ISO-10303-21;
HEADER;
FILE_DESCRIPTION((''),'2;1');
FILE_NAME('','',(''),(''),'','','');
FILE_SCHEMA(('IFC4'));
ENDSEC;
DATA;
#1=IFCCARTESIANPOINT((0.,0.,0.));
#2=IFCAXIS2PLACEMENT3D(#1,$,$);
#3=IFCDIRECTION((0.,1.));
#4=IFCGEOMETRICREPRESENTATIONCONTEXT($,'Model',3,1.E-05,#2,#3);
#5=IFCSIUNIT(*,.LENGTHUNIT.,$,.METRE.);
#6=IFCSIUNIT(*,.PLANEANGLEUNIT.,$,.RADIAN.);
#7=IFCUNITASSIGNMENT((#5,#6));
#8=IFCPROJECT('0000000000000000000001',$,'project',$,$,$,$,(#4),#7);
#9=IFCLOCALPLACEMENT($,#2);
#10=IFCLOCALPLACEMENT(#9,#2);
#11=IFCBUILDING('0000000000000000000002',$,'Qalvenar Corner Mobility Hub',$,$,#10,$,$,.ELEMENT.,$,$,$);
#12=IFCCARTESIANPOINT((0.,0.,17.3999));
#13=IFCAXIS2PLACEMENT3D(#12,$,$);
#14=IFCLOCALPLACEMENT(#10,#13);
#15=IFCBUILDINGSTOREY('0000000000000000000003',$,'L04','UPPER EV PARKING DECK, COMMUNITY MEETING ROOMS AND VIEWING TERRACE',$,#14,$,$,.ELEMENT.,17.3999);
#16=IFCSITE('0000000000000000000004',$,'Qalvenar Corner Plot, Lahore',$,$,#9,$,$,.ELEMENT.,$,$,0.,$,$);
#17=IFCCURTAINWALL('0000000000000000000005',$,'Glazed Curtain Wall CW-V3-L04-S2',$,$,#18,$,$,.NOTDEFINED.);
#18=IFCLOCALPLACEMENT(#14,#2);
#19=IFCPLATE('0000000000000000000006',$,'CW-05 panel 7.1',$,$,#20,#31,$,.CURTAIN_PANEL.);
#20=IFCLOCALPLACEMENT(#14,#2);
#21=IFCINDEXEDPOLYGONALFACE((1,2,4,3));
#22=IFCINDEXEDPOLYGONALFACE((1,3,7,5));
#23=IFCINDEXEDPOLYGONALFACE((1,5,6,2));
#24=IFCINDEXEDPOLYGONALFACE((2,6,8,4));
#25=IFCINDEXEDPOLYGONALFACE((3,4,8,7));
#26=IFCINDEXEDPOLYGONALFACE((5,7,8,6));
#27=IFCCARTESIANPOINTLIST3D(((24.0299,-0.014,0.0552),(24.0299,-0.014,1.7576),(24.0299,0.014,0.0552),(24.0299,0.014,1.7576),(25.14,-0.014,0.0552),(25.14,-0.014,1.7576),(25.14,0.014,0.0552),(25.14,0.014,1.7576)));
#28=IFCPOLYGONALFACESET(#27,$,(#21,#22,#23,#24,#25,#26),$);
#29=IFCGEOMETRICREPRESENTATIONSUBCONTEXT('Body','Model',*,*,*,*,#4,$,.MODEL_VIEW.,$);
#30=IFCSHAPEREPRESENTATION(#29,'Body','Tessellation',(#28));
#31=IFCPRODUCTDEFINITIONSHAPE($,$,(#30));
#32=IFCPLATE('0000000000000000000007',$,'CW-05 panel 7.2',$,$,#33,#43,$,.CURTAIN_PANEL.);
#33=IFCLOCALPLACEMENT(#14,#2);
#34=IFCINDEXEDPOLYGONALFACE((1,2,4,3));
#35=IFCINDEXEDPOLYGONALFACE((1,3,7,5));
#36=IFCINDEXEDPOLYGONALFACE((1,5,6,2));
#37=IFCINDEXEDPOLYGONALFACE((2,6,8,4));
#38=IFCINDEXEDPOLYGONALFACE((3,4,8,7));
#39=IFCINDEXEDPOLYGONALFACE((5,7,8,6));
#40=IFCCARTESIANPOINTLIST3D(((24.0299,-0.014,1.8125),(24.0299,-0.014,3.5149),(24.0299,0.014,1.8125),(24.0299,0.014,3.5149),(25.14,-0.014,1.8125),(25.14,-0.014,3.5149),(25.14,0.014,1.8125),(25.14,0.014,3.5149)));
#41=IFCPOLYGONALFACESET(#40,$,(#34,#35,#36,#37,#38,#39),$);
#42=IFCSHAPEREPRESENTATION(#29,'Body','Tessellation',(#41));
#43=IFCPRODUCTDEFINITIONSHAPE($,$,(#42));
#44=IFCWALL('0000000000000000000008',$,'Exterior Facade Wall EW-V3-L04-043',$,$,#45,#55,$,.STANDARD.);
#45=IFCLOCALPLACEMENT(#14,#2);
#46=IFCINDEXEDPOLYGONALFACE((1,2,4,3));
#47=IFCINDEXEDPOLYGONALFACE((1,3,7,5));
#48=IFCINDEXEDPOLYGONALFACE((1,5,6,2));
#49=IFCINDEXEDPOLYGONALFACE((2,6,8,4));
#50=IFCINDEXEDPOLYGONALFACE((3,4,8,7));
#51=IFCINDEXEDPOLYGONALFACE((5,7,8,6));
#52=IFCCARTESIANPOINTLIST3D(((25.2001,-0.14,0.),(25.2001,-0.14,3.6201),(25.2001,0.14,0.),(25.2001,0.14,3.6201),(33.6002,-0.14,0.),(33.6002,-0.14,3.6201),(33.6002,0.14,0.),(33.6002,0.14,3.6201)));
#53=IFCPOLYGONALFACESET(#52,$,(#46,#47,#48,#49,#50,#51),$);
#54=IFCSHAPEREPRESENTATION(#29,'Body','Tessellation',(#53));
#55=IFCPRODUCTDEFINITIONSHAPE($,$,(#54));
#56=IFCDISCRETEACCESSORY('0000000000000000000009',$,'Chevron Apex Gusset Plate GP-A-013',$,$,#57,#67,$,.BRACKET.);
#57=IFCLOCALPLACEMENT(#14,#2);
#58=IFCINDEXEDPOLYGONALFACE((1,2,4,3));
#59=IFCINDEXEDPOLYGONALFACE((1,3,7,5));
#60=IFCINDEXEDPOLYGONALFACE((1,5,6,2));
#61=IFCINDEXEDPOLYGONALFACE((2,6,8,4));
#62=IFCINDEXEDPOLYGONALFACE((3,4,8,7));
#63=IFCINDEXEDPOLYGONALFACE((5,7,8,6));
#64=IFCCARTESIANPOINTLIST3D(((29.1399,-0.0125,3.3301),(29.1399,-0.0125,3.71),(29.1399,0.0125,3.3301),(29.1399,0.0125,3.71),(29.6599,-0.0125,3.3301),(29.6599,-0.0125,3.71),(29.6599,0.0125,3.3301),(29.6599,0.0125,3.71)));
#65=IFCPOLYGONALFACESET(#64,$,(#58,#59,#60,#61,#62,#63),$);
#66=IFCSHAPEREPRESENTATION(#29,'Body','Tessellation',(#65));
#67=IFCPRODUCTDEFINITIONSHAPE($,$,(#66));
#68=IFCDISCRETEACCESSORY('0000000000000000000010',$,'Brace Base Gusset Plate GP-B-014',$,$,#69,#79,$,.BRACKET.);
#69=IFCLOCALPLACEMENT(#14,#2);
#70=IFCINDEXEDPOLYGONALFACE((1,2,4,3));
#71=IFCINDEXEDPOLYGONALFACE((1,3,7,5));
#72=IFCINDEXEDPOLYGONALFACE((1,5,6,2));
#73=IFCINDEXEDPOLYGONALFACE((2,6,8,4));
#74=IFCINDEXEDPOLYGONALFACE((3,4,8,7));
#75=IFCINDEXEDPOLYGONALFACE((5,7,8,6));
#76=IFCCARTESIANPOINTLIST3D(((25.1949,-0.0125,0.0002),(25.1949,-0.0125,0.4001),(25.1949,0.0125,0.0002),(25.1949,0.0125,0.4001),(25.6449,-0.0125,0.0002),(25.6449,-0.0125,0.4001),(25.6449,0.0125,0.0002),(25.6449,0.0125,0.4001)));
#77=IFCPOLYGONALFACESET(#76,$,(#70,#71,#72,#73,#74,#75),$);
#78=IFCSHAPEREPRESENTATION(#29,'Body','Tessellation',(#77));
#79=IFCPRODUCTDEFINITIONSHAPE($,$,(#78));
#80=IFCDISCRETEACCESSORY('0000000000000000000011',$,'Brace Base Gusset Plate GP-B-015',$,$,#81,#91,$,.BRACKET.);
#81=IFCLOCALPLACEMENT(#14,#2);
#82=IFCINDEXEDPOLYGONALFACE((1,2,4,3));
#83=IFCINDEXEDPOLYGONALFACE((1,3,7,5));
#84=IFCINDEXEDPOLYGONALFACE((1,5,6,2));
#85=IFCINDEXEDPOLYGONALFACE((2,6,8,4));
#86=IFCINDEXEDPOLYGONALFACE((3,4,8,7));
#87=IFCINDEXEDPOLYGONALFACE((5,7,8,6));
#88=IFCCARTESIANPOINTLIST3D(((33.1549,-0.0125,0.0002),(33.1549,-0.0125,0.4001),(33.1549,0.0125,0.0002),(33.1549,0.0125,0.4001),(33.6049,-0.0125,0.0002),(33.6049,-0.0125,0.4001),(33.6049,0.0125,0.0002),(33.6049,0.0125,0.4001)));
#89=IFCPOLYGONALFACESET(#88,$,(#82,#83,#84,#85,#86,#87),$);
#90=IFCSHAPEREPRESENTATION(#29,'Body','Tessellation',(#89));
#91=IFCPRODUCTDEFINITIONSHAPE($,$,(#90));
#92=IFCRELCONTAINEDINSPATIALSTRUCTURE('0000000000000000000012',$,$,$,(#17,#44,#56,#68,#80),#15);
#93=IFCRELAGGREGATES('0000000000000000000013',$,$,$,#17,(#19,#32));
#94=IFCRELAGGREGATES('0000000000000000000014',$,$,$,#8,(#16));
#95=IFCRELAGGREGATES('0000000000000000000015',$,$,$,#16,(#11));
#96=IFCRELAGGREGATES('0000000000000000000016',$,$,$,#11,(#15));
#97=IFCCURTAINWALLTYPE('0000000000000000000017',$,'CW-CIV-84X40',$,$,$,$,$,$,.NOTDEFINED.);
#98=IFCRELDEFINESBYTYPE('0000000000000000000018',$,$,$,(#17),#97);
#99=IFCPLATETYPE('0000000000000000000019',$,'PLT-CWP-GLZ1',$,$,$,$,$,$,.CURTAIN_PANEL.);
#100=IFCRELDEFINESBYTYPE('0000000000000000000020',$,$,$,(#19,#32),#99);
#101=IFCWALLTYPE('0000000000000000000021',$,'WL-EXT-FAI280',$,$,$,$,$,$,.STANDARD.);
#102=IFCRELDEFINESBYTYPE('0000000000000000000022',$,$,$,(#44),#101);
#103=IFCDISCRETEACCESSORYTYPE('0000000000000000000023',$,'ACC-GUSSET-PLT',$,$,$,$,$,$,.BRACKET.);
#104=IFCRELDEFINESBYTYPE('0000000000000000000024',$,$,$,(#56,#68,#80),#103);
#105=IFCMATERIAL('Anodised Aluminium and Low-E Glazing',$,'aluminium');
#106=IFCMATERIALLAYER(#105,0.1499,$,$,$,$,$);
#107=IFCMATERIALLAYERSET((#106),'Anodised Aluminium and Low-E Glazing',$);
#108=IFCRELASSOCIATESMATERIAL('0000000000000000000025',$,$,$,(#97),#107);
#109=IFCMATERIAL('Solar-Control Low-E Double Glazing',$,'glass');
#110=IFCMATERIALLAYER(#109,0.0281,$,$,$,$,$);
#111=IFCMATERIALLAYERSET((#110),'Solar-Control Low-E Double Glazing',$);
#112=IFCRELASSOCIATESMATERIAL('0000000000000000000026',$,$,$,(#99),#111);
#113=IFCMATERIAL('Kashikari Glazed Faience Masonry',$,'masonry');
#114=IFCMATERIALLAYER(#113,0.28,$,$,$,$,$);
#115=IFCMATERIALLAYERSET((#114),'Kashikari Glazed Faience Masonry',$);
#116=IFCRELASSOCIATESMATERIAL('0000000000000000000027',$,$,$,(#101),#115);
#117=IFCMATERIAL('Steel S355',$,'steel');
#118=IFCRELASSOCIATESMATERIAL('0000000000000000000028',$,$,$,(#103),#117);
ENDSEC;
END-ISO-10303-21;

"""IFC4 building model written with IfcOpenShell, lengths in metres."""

from ifc_helpers import new_model, si_unit, direction, frame, frame_2d, origin, origin_2d, place, context, subcontext, project, spatial, rectangle, extrude, material, layer, layer_set, type_object, element, aggregate, save


model = new_model("IFC4")

# Units and contexts
model_context = context("Model", 3, precision=1e-05, world=origin(), true_north=direction((0.0, 1.0)))
body_context = subcontext(model_context, "Body", "Model", "MODEL_VIEW")
ifc_project = project(units=[si_unit("LENGTHUNIT", "METRE"), si_unit("PLANEANGLEUNIT", "RADIAN")], contexts=[model_context])

# Site, building, storey
site_placement = place(None, origin())
site = spatial("IfcSite", under=ifc_project, at=site_placement, Name="Qalvenar Corner Plot, Lahore", CompositionType="ELEMENT", RefElevation=0.0)
building_placement = place(site_placement, origin())
building = spatial("IfcBuilding", under=site, at=building_placement, Name="Qalvenar Corner Mobility Hub", CompositionType="ELEMENT")
storey_placement = place(building_placement, frame((0.0, 0.0, 17.3999)))
storey = spatial("IfcBuildingStorey", under=building, at=storey_placement, Name="L04", Description="UPPER EV PARKING DECK, COMMUNITY MEETING ROOMS AND VIEWING TERRACE", CompositionType="ELEMENT", Elevation=17.3999)

# Shared definitions
ifc_material_1 = material(Name="Steel S355", Category="steel")

# Curtain wall, plates
ifc_material_2 = material(Name="Anodised Aluminium and Low-E Glazing", Category="aluminium")
ifc_layer_1 = layer(ifc_material_2, 0.1499)
ifc_layer_set_1 = layer_set([ifc_layer_1], Name="Anodised Aluminium and Low-E Glazing")
curtain_wall_type = type_object("IfcCurtainWallType", Name="CW-CIV-84X40", PredefinedType="NOTDEFINED", material=ifc_layer_set_1)
curtain_wall_placement = place(storey_placement, origin())
curtain_wall = element("IfcCurtainWall", 1, at=curtain_wall_placement, inside=storey, type_object=curtain_wall_type, Name="Glazed Curtain Wall CW-V3-L04-S2", PredefinedType="NOTDEFINED")
ifc_material_3 = material(Name="Solar-Control Low-E Double Glazing", Category="glass")
ifc_layer_2 = layer(ifc_material_3, 0.0281)
ifc_layer_set_2 = layer_set([ifc_layer_2], Name="Solar-Control Low-E Double Glazing")
plate_type = type_object("IfcPlateType", Name="PLT-CWP-GLZ1", PredefinedType="CURTAIN_PANEL", material=ifc_layer_set_2)
plate_1_placement = place(storey_placement, frame((24.585, 0.0, 0.0552), z_axis=(0.0, 0.0, 1.0), x_axis=(1.0, 0.0, 0.0)))
plate_1 = element("IfcPlate", 2, at=plate_1_placement, type_object=plate_type, Name="CW-05 panel 7.1", PredefinedType="CURTAIN_PANEL", context=body_context, shape_type="SweptSolid", body=[
    extrude(rectangle(XDim=1.1101, YDim=0.0281, at=origin_2d()), origin(), (0.0, 0.0, 1.0), 1.7024),
])
plate_2_placement = place(storey_placement, frame((24.585, 0.0, 1.8125), z_axis=(0.0, 0.0, 1.0), x_axis=(1.0, 0.0, 0.0)))
plate_2 = element("IfcPlate", 3, at=plate_2_placement, type_object=plate_type, Name="CW-05 panel 7.2", PredefinedType="CURTAIN_PANEL", context=body_context, shape_type="SweptSolid", body=[
    extrude(rectangle(XDim=1.1101, YDim=0.0281, at=origin_2d()), origin(), (0.0, 0.0, 1.0), 1.7024),
])
aggregate(curtain_wall, [plate_1, plate_2])

# Wall
ifc_material_4 = material(Name="Kashikari Glazed Faience Masonry", Category="masonry")
ifc_layer_3 = layer(ifc_material_4, 0.28)
ifc_layer_set_3 = layer_set([ifc_layer_3], Name="Kashikari Glazed Faience Masonry")
wall_type = type_object("IfcWallType", Name="WL-EXT-FAI280", PredefinedType="STANDARD", material=ifc_layer_set_3)
wall_placement = place(storey_placement, frame((25.2, 0.0, 0.0), z_axis=(0.0, 0.0, 1.0), x_axis=(1.0, 0.0, 0.0)))
element("IfcWall", 4, at=wall_placement, inside=storey, type_object=wall_type, Name="Exterior Facade Wall EW-V3-L04-043", PredefinedType="STANDARD", context=body_context, shape_type="SweptSolid", body=[
    extrude(rectangle(XDim=8.4001, YDim=0.28, at=frame_2d((4.2002, 0.0))), origin(), (0.0, 0.0, 1.0), 3.6201),
])

# Discrete accessories
discrete_accessory_type = type_object("IfcDiscreteAccessoryType", Name="ACC-GUSSET-PLT", PredefinedType="BRACKET", material=ifc_material_1)
discrete_accessory_placement = place(storey_placement, frame((29.3999, 0.0, 3.3301), z_axis=(0.0, 0.0, 1.0), x_axis=(1.0, 0.0, 0.0)))
element("IfcDiscreteAccessory", 5, at=discrete_accessory_placement, inside=storey, type_object=discrete_accessory_type, Name="Chevron Apex Gusset Plate GP-A-013", PredefinedType="BRACKET", context=body_context, shape_type="SweptSolid", body=[
    extrude(rectangle(XDim=0.52, YDim=0.0249, at=origin_2d()), origin(), (0.0, 0.0, 1.0), 0.3799),
])
for number, where, z_axis, x_axis, name in (
    (6, (25.4199, 0.0, 0.0002), (0.0, 0.0, 1.0), (1.0, 0.0, 0.0), "Brace Base Gusset Plate GP-B-014"),
    (7, (33.3799, 0.0, 0.0002), (0.0, 0.0, 1.0), (1.0, 0.0, 0.0), "Brace Base Gusset Plate GP-B-015"),
):
    element("IfcDiscreteAccessory", number, at=place(storey_placement, frame(where, z_axis=z_axis, x_axis=x_axis)), inside=storey, type_object=discrete_accessory_type, Name=name, PredefinedType="BRACKET", context=body_context, shape_type="SweptSolid", body=[
        extrude(rectangle(XDim=0.45, YDim=0.0249, at=origin_2d()), origin(), (0.0, 0.0, 1.0), 0.3999),
    ])

save(model, "model.ifc")
